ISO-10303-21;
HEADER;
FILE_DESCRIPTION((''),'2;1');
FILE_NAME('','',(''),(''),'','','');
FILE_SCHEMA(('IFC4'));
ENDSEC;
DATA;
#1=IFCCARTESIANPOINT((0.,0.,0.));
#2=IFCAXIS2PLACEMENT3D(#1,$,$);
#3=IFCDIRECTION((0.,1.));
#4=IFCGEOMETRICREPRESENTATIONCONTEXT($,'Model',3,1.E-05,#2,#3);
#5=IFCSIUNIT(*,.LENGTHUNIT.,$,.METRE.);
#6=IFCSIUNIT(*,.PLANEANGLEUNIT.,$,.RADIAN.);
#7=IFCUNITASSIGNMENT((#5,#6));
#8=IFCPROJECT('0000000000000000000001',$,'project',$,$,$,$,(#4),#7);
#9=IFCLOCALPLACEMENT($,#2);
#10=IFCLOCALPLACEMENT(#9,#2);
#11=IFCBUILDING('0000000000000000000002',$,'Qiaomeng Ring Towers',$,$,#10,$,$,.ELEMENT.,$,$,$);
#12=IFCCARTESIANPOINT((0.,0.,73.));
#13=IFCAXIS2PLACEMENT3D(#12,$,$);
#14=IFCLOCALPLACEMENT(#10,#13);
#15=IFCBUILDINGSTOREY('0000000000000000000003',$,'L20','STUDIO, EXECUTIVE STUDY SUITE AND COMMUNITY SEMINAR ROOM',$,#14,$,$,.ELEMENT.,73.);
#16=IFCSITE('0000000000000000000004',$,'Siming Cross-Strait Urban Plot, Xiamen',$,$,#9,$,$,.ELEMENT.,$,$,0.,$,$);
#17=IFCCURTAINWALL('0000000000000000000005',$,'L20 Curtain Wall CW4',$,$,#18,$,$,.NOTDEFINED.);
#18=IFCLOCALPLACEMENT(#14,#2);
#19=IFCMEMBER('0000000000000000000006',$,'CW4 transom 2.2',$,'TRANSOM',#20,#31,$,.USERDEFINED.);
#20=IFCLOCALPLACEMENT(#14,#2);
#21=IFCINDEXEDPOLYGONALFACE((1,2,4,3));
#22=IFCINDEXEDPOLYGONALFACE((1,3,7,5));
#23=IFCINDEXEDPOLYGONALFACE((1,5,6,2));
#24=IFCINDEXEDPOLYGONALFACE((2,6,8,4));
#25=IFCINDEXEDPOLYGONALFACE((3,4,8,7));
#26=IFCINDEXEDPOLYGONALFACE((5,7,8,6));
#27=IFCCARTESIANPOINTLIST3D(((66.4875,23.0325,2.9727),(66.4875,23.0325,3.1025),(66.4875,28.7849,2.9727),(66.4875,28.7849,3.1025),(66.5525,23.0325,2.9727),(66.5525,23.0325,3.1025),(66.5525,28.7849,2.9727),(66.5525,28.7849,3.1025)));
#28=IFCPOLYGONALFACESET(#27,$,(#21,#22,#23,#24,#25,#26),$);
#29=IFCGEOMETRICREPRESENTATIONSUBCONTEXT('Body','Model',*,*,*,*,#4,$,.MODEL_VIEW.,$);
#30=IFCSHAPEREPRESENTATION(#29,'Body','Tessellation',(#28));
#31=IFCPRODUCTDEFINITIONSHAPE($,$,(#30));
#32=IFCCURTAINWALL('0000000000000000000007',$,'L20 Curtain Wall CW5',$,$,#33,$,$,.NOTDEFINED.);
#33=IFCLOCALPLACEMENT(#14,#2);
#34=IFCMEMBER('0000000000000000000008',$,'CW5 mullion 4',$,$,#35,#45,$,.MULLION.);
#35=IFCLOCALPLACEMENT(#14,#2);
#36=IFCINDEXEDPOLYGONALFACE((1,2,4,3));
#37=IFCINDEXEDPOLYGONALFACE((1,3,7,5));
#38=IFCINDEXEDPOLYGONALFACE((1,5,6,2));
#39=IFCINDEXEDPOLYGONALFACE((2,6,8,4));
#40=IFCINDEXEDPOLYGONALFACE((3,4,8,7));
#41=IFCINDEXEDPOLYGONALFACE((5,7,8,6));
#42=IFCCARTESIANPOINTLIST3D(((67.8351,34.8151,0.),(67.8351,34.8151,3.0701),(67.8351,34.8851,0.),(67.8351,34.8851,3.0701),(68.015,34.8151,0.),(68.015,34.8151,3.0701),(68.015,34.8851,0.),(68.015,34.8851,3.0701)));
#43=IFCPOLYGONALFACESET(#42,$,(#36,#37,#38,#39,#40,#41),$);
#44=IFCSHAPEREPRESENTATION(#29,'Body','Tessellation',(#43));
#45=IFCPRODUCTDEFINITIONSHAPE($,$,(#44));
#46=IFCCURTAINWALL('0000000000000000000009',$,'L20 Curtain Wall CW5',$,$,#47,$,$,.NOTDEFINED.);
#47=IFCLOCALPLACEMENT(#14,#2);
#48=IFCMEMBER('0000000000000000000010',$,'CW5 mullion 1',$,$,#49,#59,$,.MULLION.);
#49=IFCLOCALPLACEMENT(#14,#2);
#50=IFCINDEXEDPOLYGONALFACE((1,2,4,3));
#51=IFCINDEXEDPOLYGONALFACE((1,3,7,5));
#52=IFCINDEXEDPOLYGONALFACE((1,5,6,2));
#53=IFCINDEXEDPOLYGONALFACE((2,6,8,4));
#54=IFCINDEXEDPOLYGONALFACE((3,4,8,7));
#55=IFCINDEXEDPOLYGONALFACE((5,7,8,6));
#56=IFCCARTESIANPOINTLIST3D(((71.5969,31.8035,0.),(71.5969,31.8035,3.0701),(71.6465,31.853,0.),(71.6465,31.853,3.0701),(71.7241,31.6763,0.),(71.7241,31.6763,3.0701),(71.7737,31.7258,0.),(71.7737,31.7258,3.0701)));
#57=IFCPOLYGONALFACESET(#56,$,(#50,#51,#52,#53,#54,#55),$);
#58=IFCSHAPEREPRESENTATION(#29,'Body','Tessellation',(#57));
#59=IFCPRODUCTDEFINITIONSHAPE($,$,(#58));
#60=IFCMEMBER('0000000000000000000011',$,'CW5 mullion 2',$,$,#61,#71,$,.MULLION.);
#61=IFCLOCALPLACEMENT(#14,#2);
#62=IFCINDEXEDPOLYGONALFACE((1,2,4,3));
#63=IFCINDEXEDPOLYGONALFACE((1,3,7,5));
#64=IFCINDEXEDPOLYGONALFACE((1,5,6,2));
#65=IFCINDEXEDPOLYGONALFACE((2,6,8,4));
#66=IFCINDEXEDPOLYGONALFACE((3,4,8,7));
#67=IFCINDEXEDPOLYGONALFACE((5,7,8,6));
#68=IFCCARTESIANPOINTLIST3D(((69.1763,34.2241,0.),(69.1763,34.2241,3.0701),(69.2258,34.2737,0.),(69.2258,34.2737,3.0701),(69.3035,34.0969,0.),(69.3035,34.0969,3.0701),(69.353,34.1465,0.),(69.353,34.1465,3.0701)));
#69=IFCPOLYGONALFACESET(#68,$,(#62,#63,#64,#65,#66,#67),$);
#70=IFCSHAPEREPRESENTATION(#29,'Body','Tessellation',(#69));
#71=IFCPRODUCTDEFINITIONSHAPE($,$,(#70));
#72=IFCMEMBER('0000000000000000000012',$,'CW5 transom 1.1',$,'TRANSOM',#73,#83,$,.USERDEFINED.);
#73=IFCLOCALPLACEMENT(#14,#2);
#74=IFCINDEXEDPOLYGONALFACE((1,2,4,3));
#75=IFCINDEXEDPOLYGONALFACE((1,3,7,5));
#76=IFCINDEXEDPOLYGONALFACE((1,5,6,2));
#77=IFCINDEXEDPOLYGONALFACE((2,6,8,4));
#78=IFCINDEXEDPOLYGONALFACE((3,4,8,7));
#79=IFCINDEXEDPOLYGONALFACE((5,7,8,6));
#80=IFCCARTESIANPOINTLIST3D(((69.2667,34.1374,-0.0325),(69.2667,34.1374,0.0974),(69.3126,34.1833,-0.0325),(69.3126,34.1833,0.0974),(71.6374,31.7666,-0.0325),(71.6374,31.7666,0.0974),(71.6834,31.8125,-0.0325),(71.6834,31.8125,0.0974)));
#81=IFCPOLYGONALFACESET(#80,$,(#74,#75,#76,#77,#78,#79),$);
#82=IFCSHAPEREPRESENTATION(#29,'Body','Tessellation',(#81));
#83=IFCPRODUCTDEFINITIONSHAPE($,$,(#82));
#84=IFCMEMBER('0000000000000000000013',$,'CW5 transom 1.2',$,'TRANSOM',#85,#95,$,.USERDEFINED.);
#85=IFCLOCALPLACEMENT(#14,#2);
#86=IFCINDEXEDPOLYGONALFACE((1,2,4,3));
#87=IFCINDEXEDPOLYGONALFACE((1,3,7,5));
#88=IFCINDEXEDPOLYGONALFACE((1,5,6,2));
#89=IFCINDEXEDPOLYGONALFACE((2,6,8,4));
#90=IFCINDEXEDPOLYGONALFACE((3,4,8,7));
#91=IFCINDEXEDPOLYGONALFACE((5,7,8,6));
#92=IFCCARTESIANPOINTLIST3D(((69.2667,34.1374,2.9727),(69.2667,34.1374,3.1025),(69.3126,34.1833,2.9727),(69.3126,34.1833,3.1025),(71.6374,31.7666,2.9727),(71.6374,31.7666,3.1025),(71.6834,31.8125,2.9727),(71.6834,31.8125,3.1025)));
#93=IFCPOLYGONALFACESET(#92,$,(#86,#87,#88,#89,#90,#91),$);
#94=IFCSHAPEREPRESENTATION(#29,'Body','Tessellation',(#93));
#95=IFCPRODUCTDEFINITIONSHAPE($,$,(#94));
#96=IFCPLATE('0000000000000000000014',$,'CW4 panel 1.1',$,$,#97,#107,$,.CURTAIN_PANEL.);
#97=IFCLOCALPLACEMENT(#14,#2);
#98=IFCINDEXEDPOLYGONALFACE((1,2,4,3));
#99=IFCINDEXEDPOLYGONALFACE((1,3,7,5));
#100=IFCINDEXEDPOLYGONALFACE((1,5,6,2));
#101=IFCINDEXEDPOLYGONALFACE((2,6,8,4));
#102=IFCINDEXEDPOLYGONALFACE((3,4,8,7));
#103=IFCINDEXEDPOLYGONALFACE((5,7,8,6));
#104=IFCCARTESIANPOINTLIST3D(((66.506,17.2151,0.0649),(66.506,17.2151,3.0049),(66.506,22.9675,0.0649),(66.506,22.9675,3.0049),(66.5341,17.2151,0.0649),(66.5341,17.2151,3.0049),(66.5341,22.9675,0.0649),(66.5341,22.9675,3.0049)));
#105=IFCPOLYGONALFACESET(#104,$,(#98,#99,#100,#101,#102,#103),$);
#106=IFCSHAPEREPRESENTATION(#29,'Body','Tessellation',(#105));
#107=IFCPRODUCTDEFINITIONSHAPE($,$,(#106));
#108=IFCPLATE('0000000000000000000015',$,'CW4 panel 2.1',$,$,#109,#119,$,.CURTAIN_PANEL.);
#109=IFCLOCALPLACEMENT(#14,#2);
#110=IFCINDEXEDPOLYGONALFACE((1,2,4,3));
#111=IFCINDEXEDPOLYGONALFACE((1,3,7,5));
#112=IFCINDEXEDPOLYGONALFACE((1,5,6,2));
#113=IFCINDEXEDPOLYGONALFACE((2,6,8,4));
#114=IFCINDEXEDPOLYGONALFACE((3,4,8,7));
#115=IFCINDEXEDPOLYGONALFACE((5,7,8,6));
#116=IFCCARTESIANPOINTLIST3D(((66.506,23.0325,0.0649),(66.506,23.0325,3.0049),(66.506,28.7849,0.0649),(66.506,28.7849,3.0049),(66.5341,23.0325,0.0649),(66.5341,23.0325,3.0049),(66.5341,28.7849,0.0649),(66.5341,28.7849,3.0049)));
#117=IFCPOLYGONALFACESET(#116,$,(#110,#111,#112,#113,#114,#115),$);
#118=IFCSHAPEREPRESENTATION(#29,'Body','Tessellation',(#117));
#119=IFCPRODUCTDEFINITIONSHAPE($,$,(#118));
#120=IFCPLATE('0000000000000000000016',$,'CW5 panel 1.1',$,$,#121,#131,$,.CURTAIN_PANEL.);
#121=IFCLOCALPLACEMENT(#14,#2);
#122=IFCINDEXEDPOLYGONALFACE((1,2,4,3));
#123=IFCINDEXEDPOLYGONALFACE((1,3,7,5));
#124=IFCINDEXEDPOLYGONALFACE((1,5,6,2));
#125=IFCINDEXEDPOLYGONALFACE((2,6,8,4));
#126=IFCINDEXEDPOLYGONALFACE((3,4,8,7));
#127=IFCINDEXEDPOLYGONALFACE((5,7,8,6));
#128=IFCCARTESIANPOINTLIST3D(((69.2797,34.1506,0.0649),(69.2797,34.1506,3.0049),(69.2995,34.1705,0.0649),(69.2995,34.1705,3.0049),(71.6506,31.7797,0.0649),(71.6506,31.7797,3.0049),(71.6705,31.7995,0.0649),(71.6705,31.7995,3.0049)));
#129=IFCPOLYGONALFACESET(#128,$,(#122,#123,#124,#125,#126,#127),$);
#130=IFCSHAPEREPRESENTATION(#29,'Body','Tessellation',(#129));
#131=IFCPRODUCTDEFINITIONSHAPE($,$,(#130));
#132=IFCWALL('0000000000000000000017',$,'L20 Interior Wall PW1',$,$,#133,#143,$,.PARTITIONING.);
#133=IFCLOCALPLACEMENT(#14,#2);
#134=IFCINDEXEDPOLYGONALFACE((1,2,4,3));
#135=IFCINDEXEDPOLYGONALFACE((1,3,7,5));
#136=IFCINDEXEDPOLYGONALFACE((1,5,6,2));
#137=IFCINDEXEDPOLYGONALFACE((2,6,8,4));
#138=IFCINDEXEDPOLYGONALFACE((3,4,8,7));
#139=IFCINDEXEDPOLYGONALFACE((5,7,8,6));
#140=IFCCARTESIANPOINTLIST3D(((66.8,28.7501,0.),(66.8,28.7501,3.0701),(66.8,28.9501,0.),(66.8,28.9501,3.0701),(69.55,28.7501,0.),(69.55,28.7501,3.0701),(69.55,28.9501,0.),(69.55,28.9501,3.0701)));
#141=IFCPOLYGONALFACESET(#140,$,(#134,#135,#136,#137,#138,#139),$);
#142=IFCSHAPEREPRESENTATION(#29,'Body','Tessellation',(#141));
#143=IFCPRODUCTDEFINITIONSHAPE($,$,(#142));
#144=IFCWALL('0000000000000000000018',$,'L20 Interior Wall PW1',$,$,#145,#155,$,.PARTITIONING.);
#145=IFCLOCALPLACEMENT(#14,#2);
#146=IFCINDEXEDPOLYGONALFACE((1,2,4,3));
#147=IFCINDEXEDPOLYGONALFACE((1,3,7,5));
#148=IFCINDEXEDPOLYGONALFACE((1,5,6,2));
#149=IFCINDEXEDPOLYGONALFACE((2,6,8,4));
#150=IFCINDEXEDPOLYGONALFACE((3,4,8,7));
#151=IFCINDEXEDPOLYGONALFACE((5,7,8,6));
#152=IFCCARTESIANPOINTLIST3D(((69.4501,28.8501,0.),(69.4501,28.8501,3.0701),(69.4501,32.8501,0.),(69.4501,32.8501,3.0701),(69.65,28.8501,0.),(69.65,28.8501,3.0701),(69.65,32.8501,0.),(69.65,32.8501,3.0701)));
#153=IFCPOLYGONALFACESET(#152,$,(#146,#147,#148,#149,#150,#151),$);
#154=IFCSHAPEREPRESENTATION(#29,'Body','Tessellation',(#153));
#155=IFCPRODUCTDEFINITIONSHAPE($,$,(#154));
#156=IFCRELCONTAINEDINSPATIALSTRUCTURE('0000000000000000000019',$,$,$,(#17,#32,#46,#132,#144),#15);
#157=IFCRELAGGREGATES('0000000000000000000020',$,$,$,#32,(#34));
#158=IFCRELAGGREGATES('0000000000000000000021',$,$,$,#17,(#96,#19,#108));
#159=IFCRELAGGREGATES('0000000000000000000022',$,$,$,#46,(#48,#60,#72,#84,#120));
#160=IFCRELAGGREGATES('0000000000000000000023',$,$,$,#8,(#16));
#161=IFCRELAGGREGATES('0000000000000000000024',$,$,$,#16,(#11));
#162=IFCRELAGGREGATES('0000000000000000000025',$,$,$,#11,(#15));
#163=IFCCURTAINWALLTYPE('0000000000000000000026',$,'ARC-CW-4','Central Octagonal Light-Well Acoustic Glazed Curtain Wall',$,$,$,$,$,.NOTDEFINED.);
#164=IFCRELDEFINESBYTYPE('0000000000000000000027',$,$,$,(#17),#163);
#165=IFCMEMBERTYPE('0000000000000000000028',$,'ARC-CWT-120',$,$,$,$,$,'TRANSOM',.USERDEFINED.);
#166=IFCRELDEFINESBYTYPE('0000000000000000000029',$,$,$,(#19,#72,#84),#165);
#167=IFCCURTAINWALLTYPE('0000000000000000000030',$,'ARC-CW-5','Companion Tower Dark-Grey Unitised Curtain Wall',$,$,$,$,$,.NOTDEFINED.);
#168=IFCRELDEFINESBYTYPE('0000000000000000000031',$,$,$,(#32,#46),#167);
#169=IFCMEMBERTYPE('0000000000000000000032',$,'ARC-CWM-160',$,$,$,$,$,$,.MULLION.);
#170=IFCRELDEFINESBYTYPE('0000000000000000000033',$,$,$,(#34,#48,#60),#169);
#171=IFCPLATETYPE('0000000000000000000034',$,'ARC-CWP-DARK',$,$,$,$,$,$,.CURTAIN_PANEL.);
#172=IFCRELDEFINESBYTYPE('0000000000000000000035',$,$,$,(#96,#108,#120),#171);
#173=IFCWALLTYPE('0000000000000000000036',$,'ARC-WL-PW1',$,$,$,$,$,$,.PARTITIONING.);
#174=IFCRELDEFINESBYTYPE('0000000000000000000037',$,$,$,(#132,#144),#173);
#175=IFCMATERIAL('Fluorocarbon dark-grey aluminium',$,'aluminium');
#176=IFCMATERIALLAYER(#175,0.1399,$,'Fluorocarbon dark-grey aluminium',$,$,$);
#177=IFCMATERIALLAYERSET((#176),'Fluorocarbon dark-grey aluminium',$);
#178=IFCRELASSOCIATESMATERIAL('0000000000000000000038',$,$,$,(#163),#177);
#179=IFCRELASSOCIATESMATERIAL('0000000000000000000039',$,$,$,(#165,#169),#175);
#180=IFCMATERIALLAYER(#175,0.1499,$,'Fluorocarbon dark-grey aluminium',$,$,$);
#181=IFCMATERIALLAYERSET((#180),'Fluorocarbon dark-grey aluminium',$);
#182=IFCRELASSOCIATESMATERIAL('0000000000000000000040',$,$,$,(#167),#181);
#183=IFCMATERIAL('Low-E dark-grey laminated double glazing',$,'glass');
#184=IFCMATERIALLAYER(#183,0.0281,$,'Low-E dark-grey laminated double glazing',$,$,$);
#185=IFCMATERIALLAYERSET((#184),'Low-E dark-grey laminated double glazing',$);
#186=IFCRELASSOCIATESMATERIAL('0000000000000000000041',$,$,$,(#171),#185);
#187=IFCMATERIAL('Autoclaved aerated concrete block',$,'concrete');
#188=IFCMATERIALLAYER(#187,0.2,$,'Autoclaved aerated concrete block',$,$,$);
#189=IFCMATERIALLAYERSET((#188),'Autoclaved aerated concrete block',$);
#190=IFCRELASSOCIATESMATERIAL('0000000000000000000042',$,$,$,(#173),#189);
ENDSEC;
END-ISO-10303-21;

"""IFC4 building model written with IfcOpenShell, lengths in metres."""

from ifc_helpers import new_model, si_unit, direction, frame, frame_2d, origin, origin_2d, place, context, subcontext, project, spatial, rectangle, extrude, source, transform, mapped, material, layer, layer_set, material_profile, profile_set, type_object, element, aggregate, save


model = new_model("IFC4")

# Units and contexts
model_context = context("Model", 3, precision=1e-05, world=origin(), true_north=direction((0.0, 1.0)))
body_context = subcontext(model_context, "Body", "Model", "MODEL_VIEW")
ifc_project = project(units=[si_unit("LENGTHUNIT", "METRE"), si_unit("PLANEANGLEUNIT", "RADIAN")], contexts=[model_context])

# Site, building, storey
site_placement = place(None, origin())
site = spatial("IfcSite", under=ifc_project, at=site_placement, Name="Siming Cross-Strait Urban Plot, Xiamen", CompositionType="ELEMENT", RefElevation=0.0)
building_placement = place(site_placement, origin())
building = spatial("IfcBuilding", under=site, at=building_placement, Name="Qiaomeng Ring Towers", CompositionType="ELEMENT")
storey_placement = place(building_placement, frame((0.0, 0.0, 73.0)))
storey = spatial("IfcBuildingStorey", under=building, at=storey_placement, Name="L20", Description="STUDIO, EXECUTIVE STUDY SUITE AND COMMUNITY SEMINAR ROOM", CompositionType="ELEMENT", Elevation=73.0)

# Curtain wall, member
ifc_material_1 = material(Name="Fluorocarbon dark-grey aluminium", Category="aluminium")
ifc_layer_1 = layer(ifc_material_1, 0.1399, Name="Fluorocarbon dark-grey aluminium")
ifc_layer_set_1 = layer_set([ifc_layer_1], Name="Fluorocarbon dark-grey aluminium")
curtain_wall_type_1 = type_object("IfcCurtainWallType", Name="ARC-CW-4", Description="Central Octagonal Light-Well Acoustic Glazed Curtain Wall", PredefinedType="NOTDEFINED", material=ifc_layer_set_1)
curtain_wall_1_placement = place(storey_placement, origin())
curtain_wall_1 = element("IfcCurtainWall", 1, at=curtain_wall_1_placement, inside=storey, type_object=curtain_wall_type_1, Name="L20 Curtain Wall CW4", PredefinedType="NOTDEFINED")
ifc_material_profile_1 = material_profile(ifc_material_1, rectangle(XDim=0.0649, YDim=0.1299, at=origin_2d()), Name="ALU TRAN 65x130")
ifc_profile_set_1 = profile_set([ifc_material_profile_1], Name="Fluorocarbon dark-grey aluminium")
member_type_1 = type_object("IfcMemberType", Name="ARC-CWT-120", ElementType="TRANSOM", PredefinedType="USERDEFINED", material=ifc_profile_set_1)
shared_shape_1 = source(origin(), body_context, "Body", "SweptSolid", [
    extrude(rectangle(XDim=0.0649, YDim=0.1299, at=origin_2d()), origin(), (0.0, 0.0, 1.0), 5.7524),
])
member_1_placement = place(storey_placement, frame((66.52, 23.0325, 3.0376), z_axis=(0.0, 1.0, 0.0), x_axis=(-1.0, 0.0, 0.0)))
member_1 = element("IfcMember", 2, at=member_1_placement, type_object=member_type_1, Name="CW4 transom 2.2", ObjectType="TRANSOM", PredefinedType="USERDEFINED", context=body_context, shape_type="MappedRepresentation", body=[
    mapped(shared_shape_1, transform((0.0, 0.0, 0.0), x_axis=(1.0, 0.0, 0.0), y_axis=(0.0, 1.0, 0.0), z_axis=(0.0, 0.0, 1.0), scale=1.0)),
])

# Curtain wall, member
ifc_layer_2 = layer(ifc_material_1, 0.1499, Name="Fluorocarbon dark-grey aluminium")
ifc_layer_set_2 = layer_set([ifc_layer_2], Name="Fluorocarbon dark-grey aluminium")
curtain_wall_type_2 = type_object("IfcCurtainWallType", Name="ARC-CW-5", Description="Companion Tower Dark-Grey Unitised Curtain Wall", PredefinedType="NOTDEFINED", material=ifc_layer_set_2)
curtain_wall_2_placement = place(storey_placement, origin())
curtain_wall_2 = element("IfcCurtainWall", 3, at=curtain_wall_2_placement, inside=storey, type_object=curtain_wall_type_2, Name="L20 Curtain Wall CW5", PredefinedType="NOTDEFINED")
ifc_material_profile_2 = material_profile(ifc_material_1, rectangle(XDim=0.0701, YDim=0.1799, at=origin_2d()), Name="ALU MULL 70x180")
ifc_profile_set_2 = profile_set([ifc_material_profile_2], Name="Fluorocarbon dark-grey aluminium")
member_type_2 = type_object("IfcMemberType", Name="ARC-CWM-160", PredefinedType="MULLION", material=ifc_profile_set_2)
shared_shape_2 = source(origin(), body_context, "Body", "SweptSolid", [
    extrude(rectangle(XDim=0.0701, YDim=0.1799, at=origin_2d()), origin(), (0.0, 0.0, 1.0), 3.0701),
])
member_2_placement = place(storey_placement, frame((67.925, 34.8501, 0.0), z_axis=(0.0, 0.0, 1.0), x_axis=(0.0, 1.0, 0.0)))
member_2 = element("IfcMember", 4, at=member_2_placement, type_object=member_type_2, Name="CW5 mullion 4", PredefinedType="MULLION", context=body_context, shape_type="MappedRepresentation", body=[
    mapped(shared_shape_2, transform((0.0, 0.0, 0.0), x_axis=(1.0, 0.0, 0.0), y_axis=(0.0, 1.0, 0.0), z_axis=(0.0, 0.0, 1.0), scale=1.0)),
])
aggregate(curtain_wall_2, [member_2])

# Curtain wall, members
curtain_wall_3_placement = place(storey_placement, origin())
curtain_wall_3 = element("IfcCurtainWall", 5, at=curtain_wall_3_placement, inside=storey, type_object=curtain_wall_type_2, Name="L20 Curtain Wall CW5", PredefinedType="NOTDEFINED")
member_3_placement = place(storey_placement, frame((71.6853, 31.7646, 0.0), z_axis=(0.0, 0.0, 1.0), x_axis=(-0.707107, -0.707107, 0.0)))
member_3 = element("IfcMember", 6, at=member_3_placement, type_object=member_type_2, Name="CW5 mullion 1", PredefinedType="MULLION", context=body_context, shape_type="MappedRepresentation", body=[
    mapped(shared_shape_2, transform((0.0, 0.0, 0.0), x_axis=(1.0, 0.0, 0.0), y_axis=(0.0, 1.0, 0.0), z_axis=(0.0, 0.0, 1.0), scale=1.0)),
])
member_4_placement = place(storey_placement, frame((69.2646, 34.1853, 0.0), z_axis=(0.0, 0.0, 1.0), x_axis=(-0.707107, -0.707107, 0.0)))
member_4 = element("IfcMember", 7, at=member_4_placement, type_object=member_type_2, Name="CW5 mullion 2", PredefinedType="MULLION", context=body_context, shape_type="MappedRepresentation", body=[
    mapped(shared_shape_2, transform((0.0, 0.0, 0.0), x_axis=(1.0, 0.0, 0.0), y_axis=(0.0, 1.0, 0.0), z_axis=(0.0, 0.0, 1.0), scale=1.0)),
])
shared_shape_3 = source(origin(), body_context, "Body", "SweptSolid", [
    extrude(rectangle(XDim=0.0649, YDim=0.1299, at=origin_2d()), origin(), (0.0, 0.0, 1.0), 3.3528),
])
member_5_placement = place(storey_placement, frame((71.6604, 31.7896, 0.0325), z_axis=(-0.707107, 0.707107, 0.0), x_axis=(-0.707107, -0.707107, 0.0)))
member_5 = element("IfcMember", 8, at=member_5_placement, type_object=member_type_1, Name="CW5 transom 1.1", ObjectType="TRANSOM", PredefinedType="USERDEFINED", context=body_context, shape_type="MappedRepresentation", body=[
    mapped(shared_shape_3, transform((0.0, 0.0, 0.0), x_axis=(1.0, 0.0, 0.0), y_axis=(0.0, 1.0, 0.0), z_axis=(0.0, 0.0, 1.0), scale=1.0)),
])
member_6_placement = place(storey_placement, frame((71.6604, 31.7896, 3.0376), z_axis=(-0.707107, 0.707107, 0.0), x_axis=(-0.707107, -0.707107, 0.0)))
member_6 = element("IfcMember", 9, at=member_6_placement, type_object=member_type_1, Name="CW5 transom 1.2", ObjectType="TRANSOM", PredefinedType="USERDEFINED", context=body_context, shape_type="MappedRepresentation", body=[
    mapped(shared_shape_3, transform((0.0, 0.0, 0.0), x_axis=(1.0, 0.0, 0.0), y_axis=(0.0, 1.0, 0.0), z_axis=(0.0, 0.0, 1.0), scale=1.0)),
])

# Plates
ifc_material_2 = material(Name="Low-E dark-grey laminated double glazing", Category="glass")
ifc_layer_3 = layer(ifc_material_2, 0.0281, Name="Low-E dark-grey laminated double glazing")
ifc_layer_set_3 = layer_set([ifc_layer_3], Name="Low-E dark-grey laminated double glazing")
plate_type = type_object("IfcPlateType", Name="ARC-CWP-DARK", PredefinedType="CURTAIN_PANEL", material=ifc_layer_set_3)
shared_shape_4 = source(origin(), body_context, "Body", "SweptSolid", [
    extrude(rectangle(XDim=5.7524, YDim=0.0281, at=origin_2d()), origin(), (0.0, 0.0, 1.0), 2.9399),
])
plate_1_placement = place(storey_placement, frame((66.52, 20.0913, 0.0649), z_axis=(0.0, 0.0, 1.0), x_axis=(0.0, 1.0, 0.0)))
plate_1 = element("IfcPlate", 10, at=plate_1_placement, type_object=plate_type, Name="CW4 panel 1.1", PredefinedType="CURTAIN_PANEL", context=body_context, shape_type="MappedRepresentation", body=[
    mapped(shared_shape_4, transform((0.0, 0.0, 0.0), x_axis=(1.0, 0.0, 0.0), y_axis=(0.0, 1.0, 0.0), z_axis=(0.0, 0.0, 1.0), scale=1.0)),
])
plate_2_placement = place(storey_placement, frame((66.52, 25.9087, 0.0649), z_axis=(0.0, 0.0, 1.0), x_axis=(0.0, 1.0, 0.0)))
plate_2 = element("IfcPlate", 11, at=plate_2_placement, type_object=plate_type, Name="CW4 panel 2.1", PredefinedType="CURTAIN_PANEL", context=body_context, shape_type="MappedRepresentation", body=[
    mapped(shared_shape_4, transform((0.0, 0.0, 0.0), x_axis=(1.0, 0.0, 0.0), y_axis=(0.0, 1.0, 0.0), z_axis=(0.0, 0.0, 1.0), scale=1.0)),
])
aggregate(curtain_wall_1, [plate_1, member_1, plate_2])
shared_shape_5 = source(origin(), body_context, "Body", "SweptSolid", [
    extrude(rectangle(XDim=3.353, YDim=0.0281, at=origin_2d()), origin(), (0.0, 0.0, 1.0), 2.9399),
])
plate_3_placement = place(storey_placement, frame((70.4751, 32.9751, 0.0649), z_axis=(0.0, 0.0, 1.0), x_axis=(-0.707107, 0.707107, 0.0)))
plate_3 = element("IfcPlate", 12, at=plate_3_placement, type_object=plate_type, Name="CW5 panel 1.1", PredefinedType="CURTAIN_PANEL", context=body_context, shape_type="MappedRepresentation", body=[
    mapped(shared_shape_5, transform((0.0, 0.0, 0.0), x_axis=(1.0, 0.0, 0.0), y_axis=(0.0, 1.0, 0.0), z_axis=(0.0, 0.0, 1.0), scale=1.0)),
])
aggregate(curtain_wall_3, [member_3, member_4, member_5, member_6, plate_3])

# Walls
ifc_material_3 = material(Name="Autoclaved aerated concrete block", Category="concrete")
ifc_layer_4 = layer(ifc_material_3, 0.2, Name="Autoclaved aerated concrete block")
ifc_layer_set_4 = layer_set([ifc_layer_4], Name="Autoclaved aerated concrete block")
wall_type_1 = type_object("IfcWallType", Name="ARC-WL-PW1", PredefinedType="PARTITIONING", material=ifc_layer_set_4)
wall_1_placement = place(storey_placement, frame((66.8, 28.8501, 0.0), z_axis=(0.0, 0.0, 1.0), x_axis=(1.0, 0.0, 0.0)))
element("IfcWall", 13, at=wall_1_placement, inside=storey, type_object=wall_type_1, Name="L20 Interior Wall PW1", PredefinedType="PARTITIONING", context=body_context, shape_type="SweptSolid", body=[
    extrude(rectangle(XDim=2.75, YDim=0.2, at=frame_2d((1.375, 0.0))), origin(), (0.0, 0.0, 1.0), 3.0701),
])
wall_2_placement = place(storey_placement, frame((69.55, 28.8501, 0.0), z_axis=(0.0, 0.0, 1.0), x_axis=(0.0, 1.0, 0.0)))
element("IfcWall", 14, at=wall_2_placement, inside=storey, type_object=wall_type_1, Name="L20 Interior Wall PW1", PredefinedType="PARTITIONING", context=body_context, shape_type="SweptSolid", body=[
    extrude(rectangle(XDim=4.0, YDim=0.2, at=frame_2d((2.0, 0.0))), origin(), (0.0, 0.0, 1.0), 3.0701),
])

save(model, "model.ifc")
